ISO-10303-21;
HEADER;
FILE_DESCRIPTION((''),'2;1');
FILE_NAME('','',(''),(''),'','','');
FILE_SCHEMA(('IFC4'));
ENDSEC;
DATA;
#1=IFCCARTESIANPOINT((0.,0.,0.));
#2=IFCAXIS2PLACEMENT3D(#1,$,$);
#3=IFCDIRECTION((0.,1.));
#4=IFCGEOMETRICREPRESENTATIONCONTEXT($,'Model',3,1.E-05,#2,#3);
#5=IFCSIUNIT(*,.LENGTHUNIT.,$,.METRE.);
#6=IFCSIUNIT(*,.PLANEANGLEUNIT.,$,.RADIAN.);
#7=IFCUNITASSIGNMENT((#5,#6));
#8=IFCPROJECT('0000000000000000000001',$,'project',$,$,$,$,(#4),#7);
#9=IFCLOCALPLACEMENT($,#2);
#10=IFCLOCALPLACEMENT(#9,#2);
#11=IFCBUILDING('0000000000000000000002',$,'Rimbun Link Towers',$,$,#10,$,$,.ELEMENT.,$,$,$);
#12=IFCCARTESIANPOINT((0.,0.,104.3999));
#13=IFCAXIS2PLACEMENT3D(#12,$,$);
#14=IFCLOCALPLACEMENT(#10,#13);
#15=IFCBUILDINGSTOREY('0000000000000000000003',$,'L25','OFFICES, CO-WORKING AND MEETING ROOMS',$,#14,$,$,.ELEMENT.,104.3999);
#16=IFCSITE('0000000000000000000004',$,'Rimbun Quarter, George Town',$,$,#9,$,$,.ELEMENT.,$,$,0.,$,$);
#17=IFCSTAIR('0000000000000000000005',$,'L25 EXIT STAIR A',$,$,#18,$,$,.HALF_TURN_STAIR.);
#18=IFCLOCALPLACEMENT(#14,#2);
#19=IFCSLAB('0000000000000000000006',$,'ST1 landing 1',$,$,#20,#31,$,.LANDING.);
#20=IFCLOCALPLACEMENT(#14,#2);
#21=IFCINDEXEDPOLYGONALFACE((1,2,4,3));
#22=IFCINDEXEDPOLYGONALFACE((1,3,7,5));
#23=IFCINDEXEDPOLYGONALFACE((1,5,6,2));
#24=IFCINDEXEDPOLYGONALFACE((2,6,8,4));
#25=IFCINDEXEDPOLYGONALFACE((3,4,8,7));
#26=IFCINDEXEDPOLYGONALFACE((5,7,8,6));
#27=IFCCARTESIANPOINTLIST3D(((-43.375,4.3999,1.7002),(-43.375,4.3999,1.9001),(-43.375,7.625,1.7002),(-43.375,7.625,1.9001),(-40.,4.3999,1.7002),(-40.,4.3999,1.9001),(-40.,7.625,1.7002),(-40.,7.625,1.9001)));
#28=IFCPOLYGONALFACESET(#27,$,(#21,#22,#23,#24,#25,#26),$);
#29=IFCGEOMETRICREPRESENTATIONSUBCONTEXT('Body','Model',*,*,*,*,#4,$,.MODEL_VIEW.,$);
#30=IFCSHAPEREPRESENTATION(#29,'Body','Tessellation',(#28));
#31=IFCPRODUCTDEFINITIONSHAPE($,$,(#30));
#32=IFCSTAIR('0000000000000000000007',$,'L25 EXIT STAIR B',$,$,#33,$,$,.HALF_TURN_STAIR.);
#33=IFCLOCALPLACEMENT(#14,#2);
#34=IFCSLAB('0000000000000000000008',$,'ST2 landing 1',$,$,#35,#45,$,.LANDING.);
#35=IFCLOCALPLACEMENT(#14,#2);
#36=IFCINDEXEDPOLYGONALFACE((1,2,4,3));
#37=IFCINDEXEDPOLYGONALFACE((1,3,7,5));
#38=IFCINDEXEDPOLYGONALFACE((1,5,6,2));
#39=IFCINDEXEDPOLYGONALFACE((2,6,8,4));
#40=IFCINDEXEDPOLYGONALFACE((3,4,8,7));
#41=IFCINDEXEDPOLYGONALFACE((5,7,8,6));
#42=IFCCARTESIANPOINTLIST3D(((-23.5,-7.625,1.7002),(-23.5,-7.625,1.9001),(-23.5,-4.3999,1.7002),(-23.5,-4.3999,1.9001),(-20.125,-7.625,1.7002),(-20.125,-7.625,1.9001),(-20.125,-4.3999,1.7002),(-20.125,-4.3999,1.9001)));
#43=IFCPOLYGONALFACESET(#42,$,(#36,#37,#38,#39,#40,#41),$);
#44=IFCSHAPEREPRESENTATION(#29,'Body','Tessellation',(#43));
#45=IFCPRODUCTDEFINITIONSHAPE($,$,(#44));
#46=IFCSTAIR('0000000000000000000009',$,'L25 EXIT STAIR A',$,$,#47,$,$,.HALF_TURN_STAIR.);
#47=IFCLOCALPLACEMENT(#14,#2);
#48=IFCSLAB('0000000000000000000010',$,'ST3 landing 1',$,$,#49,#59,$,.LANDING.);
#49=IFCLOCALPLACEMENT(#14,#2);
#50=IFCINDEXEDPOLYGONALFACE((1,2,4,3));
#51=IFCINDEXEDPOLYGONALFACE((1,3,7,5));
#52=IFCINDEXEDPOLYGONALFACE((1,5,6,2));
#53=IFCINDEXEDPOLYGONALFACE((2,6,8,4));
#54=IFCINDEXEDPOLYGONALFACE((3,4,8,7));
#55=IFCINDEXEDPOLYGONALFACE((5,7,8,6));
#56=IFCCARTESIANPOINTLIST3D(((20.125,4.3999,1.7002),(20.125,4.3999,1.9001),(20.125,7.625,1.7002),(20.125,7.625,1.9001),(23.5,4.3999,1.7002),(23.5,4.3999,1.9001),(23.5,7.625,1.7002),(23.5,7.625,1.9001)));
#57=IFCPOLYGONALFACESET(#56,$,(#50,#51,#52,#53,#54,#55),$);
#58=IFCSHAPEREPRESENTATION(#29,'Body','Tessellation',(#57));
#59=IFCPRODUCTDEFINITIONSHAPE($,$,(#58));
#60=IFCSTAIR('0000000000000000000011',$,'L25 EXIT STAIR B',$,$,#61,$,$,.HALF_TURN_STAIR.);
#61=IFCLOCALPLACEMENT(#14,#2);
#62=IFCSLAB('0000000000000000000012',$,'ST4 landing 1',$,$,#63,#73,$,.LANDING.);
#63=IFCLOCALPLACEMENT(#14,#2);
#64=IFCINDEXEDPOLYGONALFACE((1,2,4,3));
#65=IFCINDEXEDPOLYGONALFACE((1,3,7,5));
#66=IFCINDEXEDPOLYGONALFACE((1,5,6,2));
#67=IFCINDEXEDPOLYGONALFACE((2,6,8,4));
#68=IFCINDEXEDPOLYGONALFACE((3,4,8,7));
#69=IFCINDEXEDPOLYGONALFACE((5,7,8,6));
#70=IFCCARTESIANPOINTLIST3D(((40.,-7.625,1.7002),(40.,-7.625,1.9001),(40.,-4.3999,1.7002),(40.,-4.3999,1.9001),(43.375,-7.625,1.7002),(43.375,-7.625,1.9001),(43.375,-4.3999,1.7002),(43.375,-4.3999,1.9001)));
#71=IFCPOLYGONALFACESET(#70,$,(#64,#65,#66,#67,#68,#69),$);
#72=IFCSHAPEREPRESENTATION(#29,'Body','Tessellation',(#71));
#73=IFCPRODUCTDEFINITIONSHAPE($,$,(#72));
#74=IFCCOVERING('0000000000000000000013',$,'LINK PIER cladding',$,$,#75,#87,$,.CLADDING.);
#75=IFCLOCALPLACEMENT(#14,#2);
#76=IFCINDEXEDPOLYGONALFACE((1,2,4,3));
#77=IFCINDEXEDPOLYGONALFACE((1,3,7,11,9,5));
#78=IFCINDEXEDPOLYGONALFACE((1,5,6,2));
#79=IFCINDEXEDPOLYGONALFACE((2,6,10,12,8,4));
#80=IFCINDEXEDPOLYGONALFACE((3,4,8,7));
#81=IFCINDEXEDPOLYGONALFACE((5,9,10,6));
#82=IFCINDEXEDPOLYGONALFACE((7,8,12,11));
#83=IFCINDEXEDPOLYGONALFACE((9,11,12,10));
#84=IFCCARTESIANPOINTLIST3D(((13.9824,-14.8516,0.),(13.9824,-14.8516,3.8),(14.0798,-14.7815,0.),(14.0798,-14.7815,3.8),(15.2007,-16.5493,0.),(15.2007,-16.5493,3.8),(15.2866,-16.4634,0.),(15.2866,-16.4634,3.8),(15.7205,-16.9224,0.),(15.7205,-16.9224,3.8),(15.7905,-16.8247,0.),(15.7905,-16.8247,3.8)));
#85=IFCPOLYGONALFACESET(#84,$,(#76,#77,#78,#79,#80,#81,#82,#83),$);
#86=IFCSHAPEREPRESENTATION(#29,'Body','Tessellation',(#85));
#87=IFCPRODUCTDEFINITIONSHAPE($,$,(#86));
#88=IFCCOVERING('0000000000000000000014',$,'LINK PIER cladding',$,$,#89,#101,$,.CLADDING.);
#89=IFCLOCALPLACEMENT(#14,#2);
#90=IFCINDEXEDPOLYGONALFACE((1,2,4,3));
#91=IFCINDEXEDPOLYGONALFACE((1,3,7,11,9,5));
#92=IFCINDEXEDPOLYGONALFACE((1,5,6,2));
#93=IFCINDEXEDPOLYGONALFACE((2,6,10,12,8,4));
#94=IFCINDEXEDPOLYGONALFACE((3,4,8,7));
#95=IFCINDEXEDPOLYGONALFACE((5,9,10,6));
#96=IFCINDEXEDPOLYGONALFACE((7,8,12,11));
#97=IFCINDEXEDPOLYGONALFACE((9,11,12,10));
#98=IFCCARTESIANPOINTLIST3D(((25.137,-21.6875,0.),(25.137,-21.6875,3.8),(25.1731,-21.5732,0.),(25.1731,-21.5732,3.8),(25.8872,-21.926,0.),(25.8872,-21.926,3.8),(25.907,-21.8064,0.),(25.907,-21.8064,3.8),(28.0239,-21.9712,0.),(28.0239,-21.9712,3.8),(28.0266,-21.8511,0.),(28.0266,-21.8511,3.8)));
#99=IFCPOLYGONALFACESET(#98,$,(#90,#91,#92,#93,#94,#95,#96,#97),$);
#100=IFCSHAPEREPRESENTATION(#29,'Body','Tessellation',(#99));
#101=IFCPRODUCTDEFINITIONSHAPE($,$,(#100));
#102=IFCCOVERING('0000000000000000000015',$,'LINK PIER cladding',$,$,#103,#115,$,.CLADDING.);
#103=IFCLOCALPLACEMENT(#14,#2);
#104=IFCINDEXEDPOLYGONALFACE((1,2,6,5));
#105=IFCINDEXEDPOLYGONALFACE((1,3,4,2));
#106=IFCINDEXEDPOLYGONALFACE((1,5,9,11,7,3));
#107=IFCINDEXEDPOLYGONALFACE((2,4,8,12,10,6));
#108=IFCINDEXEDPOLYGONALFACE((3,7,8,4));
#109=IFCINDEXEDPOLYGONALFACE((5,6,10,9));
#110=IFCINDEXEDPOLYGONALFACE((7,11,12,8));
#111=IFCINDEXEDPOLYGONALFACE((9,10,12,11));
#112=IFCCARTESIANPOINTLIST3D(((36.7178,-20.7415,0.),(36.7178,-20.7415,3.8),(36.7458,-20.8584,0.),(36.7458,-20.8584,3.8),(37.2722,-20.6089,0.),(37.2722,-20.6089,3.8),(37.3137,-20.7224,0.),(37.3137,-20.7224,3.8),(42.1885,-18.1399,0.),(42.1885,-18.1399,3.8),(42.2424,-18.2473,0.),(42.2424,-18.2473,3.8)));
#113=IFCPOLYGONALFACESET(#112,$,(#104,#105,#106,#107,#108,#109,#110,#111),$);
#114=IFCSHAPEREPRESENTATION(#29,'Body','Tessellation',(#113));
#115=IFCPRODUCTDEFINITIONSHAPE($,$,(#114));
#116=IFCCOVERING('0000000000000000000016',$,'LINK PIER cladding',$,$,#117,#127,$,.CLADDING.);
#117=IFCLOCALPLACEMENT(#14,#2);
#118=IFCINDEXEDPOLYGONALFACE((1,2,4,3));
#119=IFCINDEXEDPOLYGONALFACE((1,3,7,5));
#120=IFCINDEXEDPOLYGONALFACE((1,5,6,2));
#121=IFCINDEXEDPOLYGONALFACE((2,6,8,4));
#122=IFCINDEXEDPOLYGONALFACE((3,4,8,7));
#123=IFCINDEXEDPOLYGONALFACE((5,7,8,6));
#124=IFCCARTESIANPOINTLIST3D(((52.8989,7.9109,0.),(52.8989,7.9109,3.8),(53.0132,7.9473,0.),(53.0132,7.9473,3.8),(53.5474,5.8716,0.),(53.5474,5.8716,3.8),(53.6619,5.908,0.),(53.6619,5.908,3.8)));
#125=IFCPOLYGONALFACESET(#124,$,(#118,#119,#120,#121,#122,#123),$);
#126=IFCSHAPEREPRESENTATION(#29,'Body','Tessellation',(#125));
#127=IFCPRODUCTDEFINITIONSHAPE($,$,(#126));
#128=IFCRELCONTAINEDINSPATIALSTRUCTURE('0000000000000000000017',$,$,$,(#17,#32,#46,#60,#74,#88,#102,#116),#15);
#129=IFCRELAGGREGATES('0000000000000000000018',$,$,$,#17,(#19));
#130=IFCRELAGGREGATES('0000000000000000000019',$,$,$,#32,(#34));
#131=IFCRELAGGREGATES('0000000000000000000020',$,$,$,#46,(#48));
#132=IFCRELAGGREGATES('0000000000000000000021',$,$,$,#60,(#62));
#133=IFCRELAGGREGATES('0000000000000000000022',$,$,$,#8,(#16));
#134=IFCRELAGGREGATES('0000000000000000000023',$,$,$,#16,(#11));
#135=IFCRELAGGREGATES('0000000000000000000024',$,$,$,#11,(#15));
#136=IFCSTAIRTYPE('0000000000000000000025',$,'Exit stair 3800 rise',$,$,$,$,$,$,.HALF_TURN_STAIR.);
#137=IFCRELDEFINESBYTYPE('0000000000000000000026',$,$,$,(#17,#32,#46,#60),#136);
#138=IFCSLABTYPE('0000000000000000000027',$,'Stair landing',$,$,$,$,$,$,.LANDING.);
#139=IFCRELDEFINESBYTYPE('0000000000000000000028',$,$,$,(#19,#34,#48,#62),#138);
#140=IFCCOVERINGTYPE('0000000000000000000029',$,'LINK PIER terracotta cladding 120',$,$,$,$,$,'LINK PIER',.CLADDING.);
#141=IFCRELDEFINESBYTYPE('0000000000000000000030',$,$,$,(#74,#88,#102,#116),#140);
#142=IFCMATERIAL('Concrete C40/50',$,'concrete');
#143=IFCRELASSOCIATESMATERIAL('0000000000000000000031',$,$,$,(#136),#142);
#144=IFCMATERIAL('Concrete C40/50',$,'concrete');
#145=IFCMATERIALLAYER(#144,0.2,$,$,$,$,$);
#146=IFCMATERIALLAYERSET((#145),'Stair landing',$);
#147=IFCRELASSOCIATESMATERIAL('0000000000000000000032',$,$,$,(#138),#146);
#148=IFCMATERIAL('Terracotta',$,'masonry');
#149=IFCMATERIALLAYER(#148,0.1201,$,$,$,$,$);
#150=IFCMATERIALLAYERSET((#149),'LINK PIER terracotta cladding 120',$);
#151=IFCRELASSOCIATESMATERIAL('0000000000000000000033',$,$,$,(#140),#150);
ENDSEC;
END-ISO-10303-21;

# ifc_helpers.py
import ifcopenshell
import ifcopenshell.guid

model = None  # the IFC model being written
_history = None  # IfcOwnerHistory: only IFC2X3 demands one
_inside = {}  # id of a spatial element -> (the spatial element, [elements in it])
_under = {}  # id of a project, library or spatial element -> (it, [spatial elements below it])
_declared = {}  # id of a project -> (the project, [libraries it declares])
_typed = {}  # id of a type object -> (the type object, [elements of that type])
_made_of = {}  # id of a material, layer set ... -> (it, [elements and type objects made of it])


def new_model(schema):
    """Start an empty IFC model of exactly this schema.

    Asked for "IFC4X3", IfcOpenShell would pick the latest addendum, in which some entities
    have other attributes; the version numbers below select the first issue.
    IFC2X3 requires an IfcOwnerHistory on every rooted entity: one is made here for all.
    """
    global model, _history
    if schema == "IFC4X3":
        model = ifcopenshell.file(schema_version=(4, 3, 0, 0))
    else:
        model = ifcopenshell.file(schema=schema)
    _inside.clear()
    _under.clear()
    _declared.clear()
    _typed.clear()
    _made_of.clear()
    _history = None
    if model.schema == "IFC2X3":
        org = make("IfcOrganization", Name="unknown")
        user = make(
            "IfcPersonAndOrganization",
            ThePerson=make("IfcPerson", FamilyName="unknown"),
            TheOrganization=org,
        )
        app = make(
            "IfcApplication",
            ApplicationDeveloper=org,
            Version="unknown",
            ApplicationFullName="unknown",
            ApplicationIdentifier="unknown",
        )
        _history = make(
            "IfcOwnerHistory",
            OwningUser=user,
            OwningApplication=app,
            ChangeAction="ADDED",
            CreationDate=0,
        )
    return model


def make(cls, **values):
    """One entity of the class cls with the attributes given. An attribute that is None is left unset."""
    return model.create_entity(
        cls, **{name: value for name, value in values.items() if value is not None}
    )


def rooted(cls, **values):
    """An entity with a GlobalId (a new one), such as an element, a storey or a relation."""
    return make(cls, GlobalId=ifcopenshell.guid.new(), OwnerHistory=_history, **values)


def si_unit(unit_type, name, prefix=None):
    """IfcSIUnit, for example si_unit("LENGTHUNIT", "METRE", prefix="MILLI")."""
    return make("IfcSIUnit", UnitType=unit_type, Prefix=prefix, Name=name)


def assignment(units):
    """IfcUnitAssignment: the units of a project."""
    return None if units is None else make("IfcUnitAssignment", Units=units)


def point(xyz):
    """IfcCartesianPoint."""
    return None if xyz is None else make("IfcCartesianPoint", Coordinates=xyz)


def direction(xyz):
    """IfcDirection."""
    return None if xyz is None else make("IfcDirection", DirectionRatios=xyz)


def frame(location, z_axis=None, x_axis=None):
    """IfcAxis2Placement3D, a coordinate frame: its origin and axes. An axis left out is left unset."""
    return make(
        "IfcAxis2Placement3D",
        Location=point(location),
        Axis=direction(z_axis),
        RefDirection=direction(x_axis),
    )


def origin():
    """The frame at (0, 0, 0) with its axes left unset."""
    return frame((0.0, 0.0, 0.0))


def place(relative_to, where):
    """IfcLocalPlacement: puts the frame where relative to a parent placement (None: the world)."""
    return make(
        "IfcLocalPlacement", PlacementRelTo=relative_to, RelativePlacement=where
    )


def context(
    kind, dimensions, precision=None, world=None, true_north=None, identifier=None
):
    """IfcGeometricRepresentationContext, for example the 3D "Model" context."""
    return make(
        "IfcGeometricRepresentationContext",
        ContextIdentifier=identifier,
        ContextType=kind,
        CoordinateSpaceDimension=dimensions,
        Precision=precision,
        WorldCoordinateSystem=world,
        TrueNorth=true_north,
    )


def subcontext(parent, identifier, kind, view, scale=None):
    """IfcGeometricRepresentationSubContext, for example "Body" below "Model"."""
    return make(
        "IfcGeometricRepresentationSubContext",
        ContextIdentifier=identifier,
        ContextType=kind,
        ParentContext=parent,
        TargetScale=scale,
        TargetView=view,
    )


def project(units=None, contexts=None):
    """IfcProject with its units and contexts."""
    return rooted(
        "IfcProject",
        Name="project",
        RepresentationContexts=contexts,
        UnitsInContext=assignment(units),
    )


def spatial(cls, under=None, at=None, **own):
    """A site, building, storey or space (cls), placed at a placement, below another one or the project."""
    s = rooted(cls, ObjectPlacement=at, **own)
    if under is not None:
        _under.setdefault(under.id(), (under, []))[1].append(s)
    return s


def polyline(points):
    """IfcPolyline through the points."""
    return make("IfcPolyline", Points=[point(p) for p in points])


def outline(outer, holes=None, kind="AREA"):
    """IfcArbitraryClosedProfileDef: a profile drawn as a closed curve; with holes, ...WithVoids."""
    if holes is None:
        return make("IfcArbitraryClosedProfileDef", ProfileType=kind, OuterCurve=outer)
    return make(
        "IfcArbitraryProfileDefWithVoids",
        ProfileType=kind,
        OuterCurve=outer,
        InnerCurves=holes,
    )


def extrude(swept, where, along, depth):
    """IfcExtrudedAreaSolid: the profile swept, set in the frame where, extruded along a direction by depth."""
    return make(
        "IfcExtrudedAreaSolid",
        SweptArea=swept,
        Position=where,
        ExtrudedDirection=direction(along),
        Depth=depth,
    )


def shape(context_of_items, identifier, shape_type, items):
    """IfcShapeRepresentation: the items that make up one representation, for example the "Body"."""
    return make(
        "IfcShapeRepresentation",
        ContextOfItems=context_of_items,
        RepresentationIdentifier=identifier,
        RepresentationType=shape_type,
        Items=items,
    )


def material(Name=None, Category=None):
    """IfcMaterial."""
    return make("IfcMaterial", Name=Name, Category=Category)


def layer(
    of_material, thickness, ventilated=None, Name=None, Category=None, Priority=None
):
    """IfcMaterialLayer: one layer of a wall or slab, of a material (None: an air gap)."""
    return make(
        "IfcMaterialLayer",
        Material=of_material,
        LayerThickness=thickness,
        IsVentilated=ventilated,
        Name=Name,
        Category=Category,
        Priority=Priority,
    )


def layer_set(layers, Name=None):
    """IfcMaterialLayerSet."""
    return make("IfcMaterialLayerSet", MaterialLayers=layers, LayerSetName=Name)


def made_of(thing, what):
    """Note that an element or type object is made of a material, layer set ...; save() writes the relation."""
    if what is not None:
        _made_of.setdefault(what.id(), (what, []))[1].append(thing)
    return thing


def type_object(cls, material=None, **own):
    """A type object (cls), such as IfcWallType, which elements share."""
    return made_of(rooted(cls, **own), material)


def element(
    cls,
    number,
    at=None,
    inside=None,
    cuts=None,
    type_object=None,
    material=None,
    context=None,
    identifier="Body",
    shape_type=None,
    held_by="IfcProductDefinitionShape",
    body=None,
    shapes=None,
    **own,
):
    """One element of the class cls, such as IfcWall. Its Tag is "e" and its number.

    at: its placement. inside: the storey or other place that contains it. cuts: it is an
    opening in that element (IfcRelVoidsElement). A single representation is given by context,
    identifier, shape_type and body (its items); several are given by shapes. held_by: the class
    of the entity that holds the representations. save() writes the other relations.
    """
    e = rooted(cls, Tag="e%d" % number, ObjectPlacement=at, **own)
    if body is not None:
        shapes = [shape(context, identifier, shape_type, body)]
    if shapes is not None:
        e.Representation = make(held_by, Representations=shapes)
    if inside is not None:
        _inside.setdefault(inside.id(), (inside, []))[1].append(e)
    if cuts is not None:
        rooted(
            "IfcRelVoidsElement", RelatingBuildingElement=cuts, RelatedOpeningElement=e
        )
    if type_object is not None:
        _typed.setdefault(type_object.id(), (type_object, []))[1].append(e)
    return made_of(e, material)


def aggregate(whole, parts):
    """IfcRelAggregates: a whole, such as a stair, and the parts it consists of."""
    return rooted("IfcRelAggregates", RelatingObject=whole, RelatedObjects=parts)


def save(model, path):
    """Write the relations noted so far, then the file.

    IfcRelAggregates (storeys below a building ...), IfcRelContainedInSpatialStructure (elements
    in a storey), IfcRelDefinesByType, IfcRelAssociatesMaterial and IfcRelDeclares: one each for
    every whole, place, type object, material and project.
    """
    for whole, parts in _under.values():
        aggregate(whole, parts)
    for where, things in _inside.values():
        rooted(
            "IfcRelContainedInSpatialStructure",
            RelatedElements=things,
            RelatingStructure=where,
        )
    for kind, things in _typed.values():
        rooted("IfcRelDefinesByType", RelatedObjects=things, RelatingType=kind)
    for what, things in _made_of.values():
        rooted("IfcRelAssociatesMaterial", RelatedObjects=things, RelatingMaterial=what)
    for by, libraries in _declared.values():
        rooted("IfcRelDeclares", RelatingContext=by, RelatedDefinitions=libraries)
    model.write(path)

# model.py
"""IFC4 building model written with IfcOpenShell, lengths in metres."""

from ifc_helpers import new_model, si_unit, direction, frame, origin, place, context, subcontext, project, spatial, polyline, outline, extrude, material, layer, layer_set, type_object, element, aggregate, save


model = new_model("IFC4")

# Units and contexts
model_context = context("Model", 3, precision=1e-05, world=origin(), true_north=direction((0.0, 1.0)))
body_context = subcontext(model_context, "Body", "Model", "MODEL_VIEW")
ifc_project = project(units=[si_unit("LENGTHUNIT", "METRE"), si_unit("PLANEANGLEUNIT", "RADIAN")], contexts=[model_context])

# Site, building, storey
site_placement = place(None, origin())
site = spatial("IfcSite", under=ifc_project, at=site_placement, Name="Rimbun Quarter, George Town", CompositionType="ELEMENT", RefElevation=0.0)
building_placement = place(site_placement, origin())
building = spatial("IfcBuilding", under=site, at=building_placement, Name="Rimbun Link Towers", CompositionType="ELEMENT")
storey_placement = place(building_placement, frame((0.0, 0.0, 104.3999)))
storey = spatial("IfcBuildingStorey", under=building, at=storey_placement, Name="L25", Description="OFFICES, CO-WORKING AND MEETING ROOMS", CompositionType="ELEMENT", Elevation=104.3999)

# Stairs, slabs
ifc_material_1 = material(Name="Concrete C40/50", Category="concrete")
stair_type = type_object("IfcStairType", Name="Exit stair 3800 rise", PredefinedType="HALF_TURN_STAIR", material=ifc_material_1)
stair_1_placement = place(storey_placement, origin())
stair_1 = element("IfcStair", 1, at=stair_1_placement, inside=storey, type_object=stair_type, Name="L25 EXIT STAIR A", PredefinedType="HALF_TURN_STAIR")
ifc_material_2 = material(Name="Concrete C40/50", Category="concrete")
ifc_layer_1 = layer(ifc_material_2, 0.2)
ifc_layer_set_1 = layer_set([ifc_layer_1], Name="Stair landing")
slab_type_1 = type_object("IfcSlabType", Name="Stair landing", PredefinedType="LANDING", material=ifc_layer_set_1)
slab_1_placement = place(storey_placement, frame((0.0, 0.0, 1.7002)))
slab_1 = element("IfcSlab", 2, at=slab_1_placement, type_object=slab_type_1, Name="ST1 landing 1", PredefinedType="LANDING", context=body_context, shape_type="SweptSolid", body=[
    extrude(outline(polyline([(-40.0, 7.625), (-43.375, 7.625), (-43.375, 4.3999), (-40.0, 4.3999), (-40.0, 7.625)])), origin(), (0.0, 0.0, 1.0), 0.2),
])
aggregate(stair_1, [slab_1])
stair_2_placement = place(storey_placement, origin())
stair_2 = element("IfcStair", 3, at=stair_2_placement, inside=storey, type_object=stair_type, Name="L25 EXIT STAIR B", PredefinedType="HALF_TURN_STAIR")
slab_2_placement = place(storey_placement, frame((0.0, 0.0, 1.7002)))
slab_2 = element("IfcSlab", 4, at=slab_2_placement, type_object=slab_type_1, Name="ST2 landing 1", PredefinedType="LANDING", context=body_context, shape_type="SweptSolid", body=[
    extrude(outline(polyline([(-23.5, -7.625), (-20.125, -7.625), (-20.125, -4.3999), (-23.5, -4.3999), (-23.5, -7.625)])), origin(), (0.0, 0.0, 1.0), 0.2),
])
aggregate(stair_2, [slab_2])
stair_3_placement = place(storey_placement, origin())
stair_3 = element("IfcStair", 5, at=stair_3_placement, inside=storey, type_object=stair_type, Name="L25 EXIT STAIR A", PredefinedType="HALF_TURN_STAIR")
slab_3_placement = place(storey_placement, frame((0.0, 0.0, 1.7002)))
slab_3 = element("IfcSlab", 6, at=slab_3_placement, type_object=slab_type_1, Name="ST3 landing 1", PredefinedType="LANDING", context=body_context, shape_type="SweptSolid", body=[
    extrude(outline(polyline([(23.5, 7.625), (20.125, 7.625), (20.125, 4.3999), (23.5, 4.3999), (23.5, 7.625)])), origin(), (0.0, 0.0, 1.0), 0.2),
])
aggregate(stair_3, [slab_3])
stair_4_placement = place(storey_placement, origin())
stair_4 = element("IfcStair", 7, at=stair_4_placement, inside=storey, type_object=stair_type, Name="L25 EXIT STAIR B", PredefinedType="HALF_TURN_STAIR")
slab_4_placement = place(storey_placement, frame((0.0, 0.0, 1.7002)))
slab_4 = element("IfcSlab", 8, at=slab_4_placement, type_object=slab_type_1, Name="ST4 landing 1", PredefinedType="LANDING", context=body_context, shape_type="SweptSolid", body=[
    extrude(outline(polyline([(40.0, -7.625), (43.375, -7.625), (43.375, -4.3999), (40.0, -4.3999), (40.0, -7.625)])), origin(), (0.0, 0.0, 1.0), 0.2),
])
aggregate(stair_4, [slab_4])

# Coverings
ifc_material_3 = material(Name="Terracotta", Category="masonry")
ifc_layer_2 = layer(ifc_material_3, 0.1201)
ifc_layer_set_2 = layer_set([ifc_layer_2], Name="LINK PIER terracotta cladding 120")
covering_type_1 = type_object("IfcCoveringType", Name="LINK PIER terracotta cladding 120", ElementType="LINK PIER", PredefinedType="CLADDING", material=ifc_layer_set_2)
covering_1_placement = place(storey_placement, origin())
element("IfcCovering", 9, at=covering_1_placement, inside=storey, type_object=covering_type_1, Name="LINK PIER cladding", PredefinedType="CLADDING", context=body_context, shape_type="SweptSolid", body=[
    extrude(outline(polyline([(15.7905, -16.8247), (15.2866, -16.4634), (14.0798, -14.7815), (13.9824, -14.8516), (15.2007, -16.5493), (15.7205, -16.9224), (15.7905, -16.8247)])), origin(), (0.0, 0.0, 1.0), 3.8),
])
covering_2_placement = place(storey_placement, origin())
element("IfcCovering", 10, at=covering_2_placement, inside=storey, type_object=covering_type_1, Name="LINK PIER cladding", PredefinedType="CLADDING", context=body_context, shape_type="SweptSolid", body=[
    extrude(outline(polyline([(28.0266, -21.8511), (25.907, -21.8064), (25.1731, -21.5732), (25.137, -21.6875), (25.8872, -21.926), (28.0239, -21.9712), (28.0266, -21.8511)])), origin(), (0.0, 0.0, 1.0), 3.8),
])
covering_3_placement = place(storey_placement, origin())
element("IfcCovering", 11, at=covering_3_placement, inside=storey, type_object=covering_type_1, Name="LINK PIER cladding", PredefinedType="CLADDING", context=body_context, shape_type="SweptSolid", body=[
    extrude(outline(polyline([(42.1885, -18.1399), (37.2722, -20.6089), (36.7178, -20.7415), (36.7458, -20.8584), (37.3137, -20.7224), (42.2424, -18.2473), (42.1885, -18.1399)])), origin(), (0.0, 0.0, 1.0), 3.8),
])
covering_4_placement = place(storey_placement, origin())
element("IfcCovering", 12, at=covering_4_placement, inside=storey, type_object=covering_type_1, Name="LINK PIER cladding", PredefinedType="CLADDING", context=body_context, shape_type="SweptSolid", body=[
    extrude(outline(polyline([(52.8989, 7.9109), (53.5474, 5.8716), (53.6619, 5.908), (53.0132, 7.9473), (52.8989, 7.9109)])), origin(), (0.0, 0.0, 1.0), 3.8),
])

save(model, "model.ifc")
